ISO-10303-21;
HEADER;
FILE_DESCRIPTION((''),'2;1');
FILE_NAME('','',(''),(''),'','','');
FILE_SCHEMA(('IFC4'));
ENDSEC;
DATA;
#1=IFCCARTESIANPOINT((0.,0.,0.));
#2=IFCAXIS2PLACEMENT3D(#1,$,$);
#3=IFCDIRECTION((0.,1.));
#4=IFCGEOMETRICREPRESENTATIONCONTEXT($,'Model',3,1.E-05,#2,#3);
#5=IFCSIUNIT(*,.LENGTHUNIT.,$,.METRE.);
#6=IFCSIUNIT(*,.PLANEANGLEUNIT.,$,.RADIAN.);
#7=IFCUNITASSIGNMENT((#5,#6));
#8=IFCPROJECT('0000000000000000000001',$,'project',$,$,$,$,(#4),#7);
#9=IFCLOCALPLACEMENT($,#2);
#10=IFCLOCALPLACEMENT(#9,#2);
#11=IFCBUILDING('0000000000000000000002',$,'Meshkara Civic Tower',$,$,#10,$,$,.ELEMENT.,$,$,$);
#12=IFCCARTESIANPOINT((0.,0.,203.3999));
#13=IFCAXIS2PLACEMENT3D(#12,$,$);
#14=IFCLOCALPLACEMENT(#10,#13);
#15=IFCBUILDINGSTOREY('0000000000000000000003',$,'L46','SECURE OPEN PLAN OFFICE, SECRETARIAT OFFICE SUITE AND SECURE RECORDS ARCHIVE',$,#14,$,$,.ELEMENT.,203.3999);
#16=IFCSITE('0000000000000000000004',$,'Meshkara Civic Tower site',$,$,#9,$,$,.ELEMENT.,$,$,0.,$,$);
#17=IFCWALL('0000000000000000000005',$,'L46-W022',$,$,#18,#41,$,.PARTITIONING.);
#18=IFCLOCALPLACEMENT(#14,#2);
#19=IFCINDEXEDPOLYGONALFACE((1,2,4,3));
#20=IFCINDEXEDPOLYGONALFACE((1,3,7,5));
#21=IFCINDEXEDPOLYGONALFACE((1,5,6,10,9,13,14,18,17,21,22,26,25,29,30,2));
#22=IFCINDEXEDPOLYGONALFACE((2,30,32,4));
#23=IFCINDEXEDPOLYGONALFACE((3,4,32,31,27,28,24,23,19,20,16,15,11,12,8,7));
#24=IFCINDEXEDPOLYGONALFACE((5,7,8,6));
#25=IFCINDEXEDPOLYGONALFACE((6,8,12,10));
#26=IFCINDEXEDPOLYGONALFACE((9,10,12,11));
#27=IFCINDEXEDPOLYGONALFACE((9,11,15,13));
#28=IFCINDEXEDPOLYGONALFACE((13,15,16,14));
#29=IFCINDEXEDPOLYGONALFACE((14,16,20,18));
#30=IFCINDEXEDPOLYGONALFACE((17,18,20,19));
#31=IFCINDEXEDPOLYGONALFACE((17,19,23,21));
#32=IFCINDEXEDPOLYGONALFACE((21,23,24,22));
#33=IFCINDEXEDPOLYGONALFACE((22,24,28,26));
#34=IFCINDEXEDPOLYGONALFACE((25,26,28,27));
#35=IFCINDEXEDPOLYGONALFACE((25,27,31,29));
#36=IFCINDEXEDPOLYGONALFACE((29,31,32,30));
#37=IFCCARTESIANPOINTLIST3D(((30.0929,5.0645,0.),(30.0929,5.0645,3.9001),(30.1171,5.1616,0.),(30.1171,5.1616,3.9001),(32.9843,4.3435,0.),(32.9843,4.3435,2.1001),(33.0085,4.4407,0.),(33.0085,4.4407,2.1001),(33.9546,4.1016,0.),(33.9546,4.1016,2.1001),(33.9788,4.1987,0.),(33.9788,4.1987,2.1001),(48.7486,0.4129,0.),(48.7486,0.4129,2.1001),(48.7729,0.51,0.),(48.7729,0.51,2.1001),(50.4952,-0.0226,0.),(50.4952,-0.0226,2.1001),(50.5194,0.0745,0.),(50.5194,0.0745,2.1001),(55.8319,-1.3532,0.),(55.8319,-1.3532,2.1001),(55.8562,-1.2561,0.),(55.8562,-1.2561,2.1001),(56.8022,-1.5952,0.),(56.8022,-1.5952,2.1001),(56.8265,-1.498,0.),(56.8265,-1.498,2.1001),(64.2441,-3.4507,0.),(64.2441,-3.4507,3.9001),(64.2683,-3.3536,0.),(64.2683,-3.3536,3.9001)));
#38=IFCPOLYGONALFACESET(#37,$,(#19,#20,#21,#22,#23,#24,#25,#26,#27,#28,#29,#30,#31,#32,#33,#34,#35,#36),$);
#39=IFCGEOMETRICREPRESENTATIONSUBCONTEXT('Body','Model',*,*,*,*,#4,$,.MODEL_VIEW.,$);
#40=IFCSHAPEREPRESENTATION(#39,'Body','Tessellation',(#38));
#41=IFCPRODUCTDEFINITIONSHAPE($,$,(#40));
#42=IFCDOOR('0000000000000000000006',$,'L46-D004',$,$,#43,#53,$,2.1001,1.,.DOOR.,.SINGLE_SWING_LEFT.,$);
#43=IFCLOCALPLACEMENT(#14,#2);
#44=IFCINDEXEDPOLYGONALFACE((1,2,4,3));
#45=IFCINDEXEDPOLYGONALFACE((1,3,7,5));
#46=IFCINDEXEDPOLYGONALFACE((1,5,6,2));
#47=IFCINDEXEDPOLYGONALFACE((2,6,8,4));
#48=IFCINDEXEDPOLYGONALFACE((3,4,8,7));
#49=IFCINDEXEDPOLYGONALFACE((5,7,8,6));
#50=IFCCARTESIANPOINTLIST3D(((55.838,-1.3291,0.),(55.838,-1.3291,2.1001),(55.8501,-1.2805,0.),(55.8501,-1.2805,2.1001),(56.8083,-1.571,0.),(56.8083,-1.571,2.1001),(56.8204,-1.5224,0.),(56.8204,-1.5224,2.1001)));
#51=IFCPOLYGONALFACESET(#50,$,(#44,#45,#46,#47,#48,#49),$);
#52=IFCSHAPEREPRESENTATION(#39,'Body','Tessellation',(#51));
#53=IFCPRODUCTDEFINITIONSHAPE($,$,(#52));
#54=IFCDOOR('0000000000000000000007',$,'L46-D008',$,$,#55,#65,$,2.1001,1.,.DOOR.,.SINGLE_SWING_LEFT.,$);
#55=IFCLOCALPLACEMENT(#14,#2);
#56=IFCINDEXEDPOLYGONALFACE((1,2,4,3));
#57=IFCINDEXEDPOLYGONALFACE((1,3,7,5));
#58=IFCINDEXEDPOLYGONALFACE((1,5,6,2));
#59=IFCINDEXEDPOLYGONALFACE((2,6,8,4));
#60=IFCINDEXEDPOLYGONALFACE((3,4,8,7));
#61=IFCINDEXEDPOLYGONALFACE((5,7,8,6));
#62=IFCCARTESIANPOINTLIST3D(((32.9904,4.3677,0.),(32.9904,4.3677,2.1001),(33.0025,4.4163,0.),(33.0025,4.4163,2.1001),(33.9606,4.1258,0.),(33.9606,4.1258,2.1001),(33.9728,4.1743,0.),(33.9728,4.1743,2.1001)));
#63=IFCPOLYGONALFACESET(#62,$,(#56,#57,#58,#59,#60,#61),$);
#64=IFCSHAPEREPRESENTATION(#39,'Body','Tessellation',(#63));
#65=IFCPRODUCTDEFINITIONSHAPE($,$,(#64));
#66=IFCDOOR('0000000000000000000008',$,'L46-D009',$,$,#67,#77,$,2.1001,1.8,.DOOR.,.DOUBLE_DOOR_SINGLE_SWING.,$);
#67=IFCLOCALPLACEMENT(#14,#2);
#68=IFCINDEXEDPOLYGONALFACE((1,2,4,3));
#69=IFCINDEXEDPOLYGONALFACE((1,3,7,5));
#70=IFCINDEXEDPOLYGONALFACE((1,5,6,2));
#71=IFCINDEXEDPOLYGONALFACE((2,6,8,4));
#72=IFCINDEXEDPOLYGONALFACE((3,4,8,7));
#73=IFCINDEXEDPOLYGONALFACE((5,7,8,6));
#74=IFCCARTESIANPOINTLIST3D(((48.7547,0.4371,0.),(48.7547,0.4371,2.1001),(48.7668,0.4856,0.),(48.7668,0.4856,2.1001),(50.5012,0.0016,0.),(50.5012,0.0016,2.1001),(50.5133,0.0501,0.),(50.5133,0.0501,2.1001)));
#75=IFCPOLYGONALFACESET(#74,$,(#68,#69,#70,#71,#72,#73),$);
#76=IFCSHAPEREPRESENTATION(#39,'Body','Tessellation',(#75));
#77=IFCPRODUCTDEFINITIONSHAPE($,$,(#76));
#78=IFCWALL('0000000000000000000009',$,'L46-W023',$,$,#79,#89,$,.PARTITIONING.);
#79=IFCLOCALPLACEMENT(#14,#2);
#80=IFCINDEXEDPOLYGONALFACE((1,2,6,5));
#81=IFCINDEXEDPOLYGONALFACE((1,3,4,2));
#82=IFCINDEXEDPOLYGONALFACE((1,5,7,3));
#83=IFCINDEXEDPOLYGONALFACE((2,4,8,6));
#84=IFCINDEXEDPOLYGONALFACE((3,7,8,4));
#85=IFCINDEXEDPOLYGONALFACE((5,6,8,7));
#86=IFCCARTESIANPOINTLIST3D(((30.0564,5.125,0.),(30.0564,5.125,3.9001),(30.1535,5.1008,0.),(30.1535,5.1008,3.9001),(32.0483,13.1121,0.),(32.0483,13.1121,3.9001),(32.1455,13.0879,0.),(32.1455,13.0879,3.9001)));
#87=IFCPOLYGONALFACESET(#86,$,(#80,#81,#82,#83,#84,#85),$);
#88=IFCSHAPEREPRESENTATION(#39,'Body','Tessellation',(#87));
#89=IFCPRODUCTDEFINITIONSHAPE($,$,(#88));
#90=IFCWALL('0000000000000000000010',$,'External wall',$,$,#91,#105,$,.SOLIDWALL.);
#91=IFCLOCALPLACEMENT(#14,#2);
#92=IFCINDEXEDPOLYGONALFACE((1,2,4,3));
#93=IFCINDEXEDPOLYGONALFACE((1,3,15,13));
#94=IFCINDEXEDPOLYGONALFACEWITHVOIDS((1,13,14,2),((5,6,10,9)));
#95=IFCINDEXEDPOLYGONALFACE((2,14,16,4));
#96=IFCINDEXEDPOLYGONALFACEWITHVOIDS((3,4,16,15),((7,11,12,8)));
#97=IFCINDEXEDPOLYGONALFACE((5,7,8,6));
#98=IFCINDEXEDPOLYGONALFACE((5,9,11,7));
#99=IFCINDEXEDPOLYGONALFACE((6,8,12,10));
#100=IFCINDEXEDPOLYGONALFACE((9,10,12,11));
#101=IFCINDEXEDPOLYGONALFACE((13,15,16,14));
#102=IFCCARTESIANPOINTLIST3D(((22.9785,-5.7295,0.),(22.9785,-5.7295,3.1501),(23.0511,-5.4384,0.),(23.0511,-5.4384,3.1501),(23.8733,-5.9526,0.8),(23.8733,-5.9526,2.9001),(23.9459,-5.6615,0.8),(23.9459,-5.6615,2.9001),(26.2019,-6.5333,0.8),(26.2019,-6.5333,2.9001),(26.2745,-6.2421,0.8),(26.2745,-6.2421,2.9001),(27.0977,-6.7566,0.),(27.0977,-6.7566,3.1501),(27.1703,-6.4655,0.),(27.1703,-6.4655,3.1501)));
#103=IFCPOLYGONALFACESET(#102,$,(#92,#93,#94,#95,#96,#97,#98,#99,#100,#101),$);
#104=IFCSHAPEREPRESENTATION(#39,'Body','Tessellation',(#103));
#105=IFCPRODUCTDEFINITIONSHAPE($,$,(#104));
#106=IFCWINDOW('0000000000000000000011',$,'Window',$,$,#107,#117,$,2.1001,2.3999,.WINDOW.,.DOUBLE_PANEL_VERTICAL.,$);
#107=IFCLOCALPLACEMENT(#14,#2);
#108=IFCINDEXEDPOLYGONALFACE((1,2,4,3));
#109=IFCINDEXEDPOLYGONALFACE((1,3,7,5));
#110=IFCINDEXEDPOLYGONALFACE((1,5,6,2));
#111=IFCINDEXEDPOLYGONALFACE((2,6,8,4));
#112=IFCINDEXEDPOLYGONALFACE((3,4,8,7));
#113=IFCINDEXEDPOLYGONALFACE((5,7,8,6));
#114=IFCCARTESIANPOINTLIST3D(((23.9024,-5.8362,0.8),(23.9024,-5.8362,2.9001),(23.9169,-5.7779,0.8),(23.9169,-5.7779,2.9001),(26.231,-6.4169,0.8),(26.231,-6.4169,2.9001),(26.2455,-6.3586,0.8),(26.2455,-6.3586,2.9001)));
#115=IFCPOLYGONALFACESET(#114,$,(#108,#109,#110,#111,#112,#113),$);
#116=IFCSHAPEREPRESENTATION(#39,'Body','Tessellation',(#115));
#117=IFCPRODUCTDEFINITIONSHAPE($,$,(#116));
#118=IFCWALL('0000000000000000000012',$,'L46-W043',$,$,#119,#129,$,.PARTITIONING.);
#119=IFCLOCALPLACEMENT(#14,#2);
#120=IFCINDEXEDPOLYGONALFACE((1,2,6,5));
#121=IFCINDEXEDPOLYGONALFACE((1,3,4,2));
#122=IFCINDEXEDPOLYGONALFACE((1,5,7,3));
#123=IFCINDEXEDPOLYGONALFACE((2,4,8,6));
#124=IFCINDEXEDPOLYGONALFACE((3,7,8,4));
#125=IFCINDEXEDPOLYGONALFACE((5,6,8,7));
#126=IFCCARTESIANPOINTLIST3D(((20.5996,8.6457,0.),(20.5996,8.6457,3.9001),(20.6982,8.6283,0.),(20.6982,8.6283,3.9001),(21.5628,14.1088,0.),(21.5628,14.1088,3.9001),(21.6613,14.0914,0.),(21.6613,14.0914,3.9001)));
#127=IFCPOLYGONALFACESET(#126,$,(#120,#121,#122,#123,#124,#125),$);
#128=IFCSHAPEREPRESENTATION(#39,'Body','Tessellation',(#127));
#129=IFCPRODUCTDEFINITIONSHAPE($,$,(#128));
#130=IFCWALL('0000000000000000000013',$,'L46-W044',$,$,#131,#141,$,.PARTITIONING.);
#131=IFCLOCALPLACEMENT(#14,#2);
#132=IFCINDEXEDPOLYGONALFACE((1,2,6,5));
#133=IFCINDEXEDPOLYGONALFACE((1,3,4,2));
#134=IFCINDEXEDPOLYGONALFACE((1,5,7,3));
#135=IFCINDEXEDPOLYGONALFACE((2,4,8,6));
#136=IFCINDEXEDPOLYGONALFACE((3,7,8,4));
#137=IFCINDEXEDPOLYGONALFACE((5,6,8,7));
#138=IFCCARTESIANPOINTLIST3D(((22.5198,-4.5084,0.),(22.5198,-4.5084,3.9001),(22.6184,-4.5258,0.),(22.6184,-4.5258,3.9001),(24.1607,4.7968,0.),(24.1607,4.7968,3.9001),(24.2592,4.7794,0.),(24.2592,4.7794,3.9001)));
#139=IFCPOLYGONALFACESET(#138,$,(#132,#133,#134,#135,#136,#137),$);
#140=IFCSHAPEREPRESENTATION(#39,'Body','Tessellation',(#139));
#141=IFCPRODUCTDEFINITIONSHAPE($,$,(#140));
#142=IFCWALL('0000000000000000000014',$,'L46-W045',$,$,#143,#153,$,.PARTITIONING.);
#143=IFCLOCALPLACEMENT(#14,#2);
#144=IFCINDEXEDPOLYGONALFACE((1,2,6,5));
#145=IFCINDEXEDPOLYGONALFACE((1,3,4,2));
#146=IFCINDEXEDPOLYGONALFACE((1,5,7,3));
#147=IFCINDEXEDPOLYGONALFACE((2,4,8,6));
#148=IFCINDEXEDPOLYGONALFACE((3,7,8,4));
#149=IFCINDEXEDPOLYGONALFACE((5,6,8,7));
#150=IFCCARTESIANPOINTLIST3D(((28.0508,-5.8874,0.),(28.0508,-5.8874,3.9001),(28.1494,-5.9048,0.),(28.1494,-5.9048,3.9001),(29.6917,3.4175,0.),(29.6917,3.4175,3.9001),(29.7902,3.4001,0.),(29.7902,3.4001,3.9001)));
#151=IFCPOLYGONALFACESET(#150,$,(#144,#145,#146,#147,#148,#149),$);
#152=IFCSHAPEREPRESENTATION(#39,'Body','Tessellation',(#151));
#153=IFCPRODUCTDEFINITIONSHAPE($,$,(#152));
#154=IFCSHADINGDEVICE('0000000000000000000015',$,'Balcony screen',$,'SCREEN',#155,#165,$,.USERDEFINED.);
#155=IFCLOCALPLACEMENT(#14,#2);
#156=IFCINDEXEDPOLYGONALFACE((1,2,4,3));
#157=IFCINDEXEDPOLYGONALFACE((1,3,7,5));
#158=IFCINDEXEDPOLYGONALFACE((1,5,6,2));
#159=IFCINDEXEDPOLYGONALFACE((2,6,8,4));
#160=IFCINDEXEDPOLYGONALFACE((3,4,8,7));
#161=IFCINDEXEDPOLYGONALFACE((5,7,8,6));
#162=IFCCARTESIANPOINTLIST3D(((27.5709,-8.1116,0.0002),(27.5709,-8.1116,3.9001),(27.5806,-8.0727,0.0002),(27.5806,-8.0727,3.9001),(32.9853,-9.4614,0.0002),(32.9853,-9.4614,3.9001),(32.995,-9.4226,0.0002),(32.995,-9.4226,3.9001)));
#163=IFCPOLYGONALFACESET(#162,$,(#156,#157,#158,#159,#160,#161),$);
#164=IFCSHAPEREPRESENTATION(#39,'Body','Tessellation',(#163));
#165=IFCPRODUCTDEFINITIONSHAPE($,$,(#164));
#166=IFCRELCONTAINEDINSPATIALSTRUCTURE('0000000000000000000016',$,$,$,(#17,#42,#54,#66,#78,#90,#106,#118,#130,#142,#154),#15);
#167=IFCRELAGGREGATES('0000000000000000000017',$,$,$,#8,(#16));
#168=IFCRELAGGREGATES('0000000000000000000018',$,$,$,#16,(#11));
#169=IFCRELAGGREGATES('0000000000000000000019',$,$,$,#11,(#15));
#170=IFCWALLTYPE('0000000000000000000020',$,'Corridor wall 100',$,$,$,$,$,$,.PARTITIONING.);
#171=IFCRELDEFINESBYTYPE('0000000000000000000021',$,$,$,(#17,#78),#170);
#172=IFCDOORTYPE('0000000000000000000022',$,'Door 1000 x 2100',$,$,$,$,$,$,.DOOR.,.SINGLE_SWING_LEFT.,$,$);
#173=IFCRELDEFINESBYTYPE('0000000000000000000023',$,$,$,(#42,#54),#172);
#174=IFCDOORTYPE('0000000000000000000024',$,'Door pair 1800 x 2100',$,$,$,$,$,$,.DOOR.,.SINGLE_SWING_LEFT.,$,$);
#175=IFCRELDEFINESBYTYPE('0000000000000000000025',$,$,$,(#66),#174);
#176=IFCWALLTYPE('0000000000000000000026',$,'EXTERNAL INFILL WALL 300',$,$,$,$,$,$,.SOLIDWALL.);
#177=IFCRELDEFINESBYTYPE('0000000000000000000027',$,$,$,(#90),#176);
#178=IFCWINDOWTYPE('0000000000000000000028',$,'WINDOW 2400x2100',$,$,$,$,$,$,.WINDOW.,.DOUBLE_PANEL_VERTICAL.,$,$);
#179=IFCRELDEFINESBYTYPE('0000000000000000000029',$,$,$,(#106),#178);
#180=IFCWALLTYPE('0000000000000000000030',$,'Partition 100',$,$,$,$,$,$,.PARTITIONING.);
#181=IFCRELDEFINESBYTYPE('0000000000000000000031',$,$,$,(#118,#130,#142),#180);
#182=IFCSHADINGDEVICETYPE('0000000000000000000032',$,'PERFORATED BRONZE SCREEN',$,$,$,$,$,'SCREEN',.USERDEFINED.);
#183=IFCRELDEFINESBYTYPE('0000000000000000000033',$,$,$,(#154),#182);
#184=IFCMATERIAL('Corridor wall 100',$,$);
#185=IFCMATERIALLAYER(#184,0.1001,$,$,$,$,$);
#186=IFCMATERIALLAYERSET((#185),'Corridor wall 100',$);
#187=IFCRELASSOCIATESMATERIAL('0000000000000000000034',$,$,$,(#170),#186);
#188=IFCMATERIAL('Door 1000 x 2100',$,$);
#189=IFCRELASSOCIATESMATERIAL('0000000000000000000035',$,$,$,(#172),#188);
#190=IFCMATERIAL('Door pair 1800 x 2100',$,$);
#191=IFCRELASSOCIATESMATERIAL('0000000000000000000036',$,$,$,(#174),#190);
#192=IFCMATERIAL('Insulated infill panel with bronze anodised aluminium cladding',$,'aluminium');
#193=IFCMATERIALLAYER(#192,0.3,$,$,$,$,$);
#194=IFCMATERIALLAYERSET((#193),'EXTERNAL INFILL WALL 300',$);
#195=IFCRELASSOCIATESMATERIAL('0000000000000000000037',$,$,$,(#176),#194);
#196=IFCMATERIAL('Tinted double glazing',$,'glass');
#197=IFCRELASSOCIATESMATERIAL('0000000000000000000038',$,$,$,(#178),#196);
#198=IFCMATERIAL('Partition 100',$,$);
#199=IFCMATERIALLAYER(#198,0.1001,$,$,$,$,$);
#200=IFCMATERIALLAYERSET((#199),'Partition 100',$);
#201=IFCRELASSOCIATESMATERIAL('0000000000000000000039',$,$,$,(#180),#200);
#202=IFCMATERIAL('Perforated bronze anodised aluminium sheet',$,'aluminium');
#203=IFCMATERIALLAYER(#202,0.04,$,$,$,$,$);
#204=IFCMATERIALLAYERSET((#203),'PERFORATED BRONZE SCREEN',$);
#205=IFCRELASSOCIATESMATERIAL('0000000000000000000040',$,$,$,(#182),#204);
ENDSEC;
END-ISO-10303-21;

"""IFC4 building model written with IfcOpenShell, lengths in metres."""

from ifc_helpers import new_model, si_unit, direction, frame, frame_2d, origin, origin_2d, place, context, subcontext, project, spatial, rectangle, extrude, material, layer, layer_set, type_object, element, fill, save


model = new_model("IFC4")

# Units and contexts
model_context = context("Model", 3, precision=1e-05, world=origin(), true_north=direction((0.0, 1.0)))
body_context = subcontext(model_context, "Body", "Model", "MODEL_VIEW")
ifc_project = project(units=[si_unit("LENGTHUNIT", "METRE"), si_unit("PLANEANGLEUNIT", "RADIAN")], contexts=[model_context])

# Site, building, storey
site_placement = place(None, origin())
site = spatial("IfcSite", under=ifc_project, at=site_placement, Name="Meshkara Civic Tower site", CompositionType="ELEMENT", RefElevation=0.0)
building_placement = place(site_placement, origin())
building = spatial("IfcBuilding", under=site, at=building_placement, Name="Meshkara Civic Tower", CompositionType="ELEMENT")
storey_placement = place(building_placement, frame((0.0, 0.0, 203.3999)))
storey = spatial("IfcBuildingStorey", under=building, at=storey_placement, Name="L46", Description="SECURE OPEN PLAN OFFICE, SECRETARIAT OFFICE SUITE AND SECURE RECORDS ARCHIVE", CompositionType="ELEMENT", Elevation=203.3999)

# Wall, openings, doors
ifc_material_1 = material(Name="Corridor wall 100")
ifc_layer_1 = layer(ifc_material_1, 0.1001)
ifc_layer_set_1 = layer_set([ifc_layer_1], Name="Corridor wall 100")
wall_type_1 = type_object("IfcWallType", Name="Corridor wall 100", PredefinedType="PARTITIONING", material=ifc_layer_set_1)
wall_1_placement = place(storey_placement, frame((30.105, 5.113, 0.0), z_axis=(0.0, 0.0, 1.0), x_axis=(0.970294, -0.24193, 0.0)))
wall_1 = element("IfcWall", 1, at=wall_1_placement, inside=storey, type_object=wall_type_1, Name="L46-W022", PredefinedType="PARTITIONING", context=body_context, shape_type="SweptSolid", body=[
    extrude(rectangle(XDim=35.1968, YDim=0.1001, at=frame_2d((17.5984, 0.0))), origin(), (0.0, 0.0, 1.0), 3.9001),
])
opening_1_placement = place(wall_1_placement, frame((26.5271, 0.0, 0.0)))
opening_1 = element("IfcOpeningElement", 2, at=opening_1_placement, cuts=wall_1, PredefinedType="OPENING", context=body_context, shape_type="SweptSolid", body=[
    extrude(rectangle(XDim=1.0, YDim=2.1001, at=frame_2d((0.5, 1.05))), frame((0.0, 0.0601, 0.0), z_axis=(0.0, -1.0, 0.0), x_axis=(1.0, 0.0, 0.0)), (0.0, 0.0, 1.0), 0.1201),
])
opening_2_placement = place(wall_1_placement, frame((2.98, 0.0, 0.0)))
opening_2 = element("IfcOpeningElement", 3, at=opening_2_placement, cuts=wall_1, PredefinedType="OPENING", context=body_context, shape_type="SweptSolid", body=[
    extrude(rectangle(XDim=1.0, YDim=2.1001, at=frame_2d((0.5, 1.05))), frame((0.0, 0.0601, 0.0), z_axis=(0.0, -1.0, 0.0), x_axis=(1.0, 0.0, 0.0)), (0.0, 0.0, 1.0), 0.1201),
])
opening_3_placement = place(wall_1_placement, frame((19.2271, 0.0, 0.0)))
opening_3 = element("IfcOpeningElement", 4, at=opening_3_placement, cuts=wall_1, PredefinedType="OPENING", context=body_context, shape_type="SweptSolid", body=[
    extrude(rectangle(XDim=1.8, YDim=2.1001, at=frame_2d((0.8999, 1.05))), frame((0.0, 0.0601, 0.0), z_axis=(0.0, -1.0, 0.0), x_axis=(1.0, 0.0, 0.0)), (0.0, 0.0, 1.0), 0.1201),
])
ifc_material_2 = material(Name="Door 1000 x 2100")
door_type_1 = type_object("IfcDoorType", Name="Door 1000 x 2100", OperationType="SINGLE_SWING_LEFT", PredefinedType="DOOR", material=ifc_material_2)
door_1_placement = place(opening_1_placement, origin())
door_1 = element("IfcDoor", 5, at=door_1_placement, inside=storey, type_object=door_type_1, Name="L46-D004", OperationType="SINGLE_SWING_LEFT", OverallHeight=2.1001, OverallWidth=1.0, PredefinedType="DOOR", context=body_context, shape_type="SweptSolid", body=[
    extrude(rectangle(XDim=1.0, YDim=2.1001, at=frame_2d((0.5, 1.05))), frame((0.0, 0.0249, 0.0), z_axis=(0.0, -1.0, 0.0), x_axis=(1.0, 0.0, 0.0)), (0.0, 0.0, 1.0), 0.05),
])
fill(opening_1, door_1)
door_2_placement = place(opening_2_placement, origin())
door_2 = element("IfcDoor", 6, at=door_2_placement, inside=storey, type_object=door_type_1, Name="L46-D008", OperationType="SINGLE_SWING_LEFT", OverallHeight=2.1001, OverallWidth=1.0, PredefinedType="DOOR", context=body_context, shape_type="SweptSolid", body=[
    extrude(rectangle(XDim=1.0, YDim=2.1001, at=frame_2d((0.5, 1.05))), frame((0.0, 0.0249, 0.0), z_axis=(0.0, -1.0, 0.0), x_axis=(1.0, 0.0, 0.0)), (0.0, 0.0, 1.0), 0.05),
])
fill(opening_2, door_2)
ifc_material_3 = material(Name="Door pair 1800 x 2100")
door_type_2 = type_object("IfcDoorType", Name="Door pair 1800 x 2100", OperationType="SINGLE_SWING_LEFT", PredefinedType="DOOR", material=ifc_material_3)
door_3_placement = place(opening_3_placement, origin())
door_3 = element("IfcDoor", 7, at=door_3_placement, inside=storey, type_object=door_type_2, Name="L46-D009", OperationType="DOUBLE_DOOR_SINGLE_SWING", OverallHeight=2.1001, OverallWidth=1.8, PredefinedType="DOOR", context=body_context, shape_type="SweptSolid", body=[
    extrude(rectangle(XDim=1.8, YDim=2.1001, at=frame_2d((0.8999, 1.05))), frame((0.0, 0.0249, 0.0), z_axis=(0.0, -1.0, 0.0), x_axis=(1.0, 0.0, 0.0)), (0.0, 0.0, 1.0), 0.05),
])
fill(opening_3, door_3)

# Wall
wall_2_placement = place(storey_placement, frame((30.105, 5.113, 0.0), z_axis=(0.0, 0.0, 1.0), x_axis=(0.241984, 0.97028, 0.0)))
element("IfcWall", 8, at=wall_2_placement, inside=storey, type_object=wall_type_1, Name="L46-W023", PredefinedType="PARTITIONING", context=body_context, shape_type="SweptSolid", body=[
    extrude(rectangle(XDim=8.2317, YDim=0.1001, at=frame_2d((4.1157, 0.0))), origin(), (0.0, 0.0, 1.0), 3.9001),
])

# Wall, opening, window
ifc_material_4 = material(Name="Insulated infill panel with bronze anodised aluminium cladding", Category="aluminium")
ifc_layer_2 = layer(ifc_material_4, 0.3)
ifc_layer_set_2 = layer_set([ifc_layer_2], Name="EXTERNAL INFILL WALL 300")
wall_type_2 = type_object("IfcWallType", Name="EXTERNAL INFILL WALL 300", PredefinedType="SOLIDWALL", material=ifc_layer_set_2)
wall_3_placement = place(storey_placement, frame((23.0149, -5.584, 0.0), z_axis=(0.0, 0.0, 1.0), x_axis=(0.970291, -0.24194, 0.0)))
wall_3 = element("IfcWall", 9, at=wall_3_placement, inside=storey, type_object=wall_type_2, Name="External wall", PredefinedType="SOLIDWALL", context=body_context, shape_type="SweptSolid", body=[
    extrude(rectangle(XDim=4.2454, YDim=0.3, at=frame_2d((2.1226, 0.0))), origin(), (0.0, 0.0, 1.0), 3.1501),
])
opening_4_placement = place(wall_3_placement, frame((0.9221, 0.0, 0.8)))
opening_4 = element("IfcOpeningElement", 10, at=opening_4_placement, cuts=wall_3, PredefinedType="OPENING", context=body_context, shape_type="SweptSolid", body=[
    extrude(rectangle(XDim=2.3999, YDim=2.1001, at=frame_2d((1.2, 1.05))), frame((0.0, 0.1599, 0.0), z_axis=(0.0, -1.0, 0.0), x_axis=(1.0, 0.0, 0.0)), (0.0, 0.0, 1.0), 0.3201),
])
ifc_material_5 = material(Name="Tinted double glazing", Category="glass")
window_type = type_object("IfcWindowType", Name="WINDOW 2400x2100", PartitioningType="DOUBLE_PANEL_VERTICAL", PredefinedType="WINDOW", material=ifc_material_5)
window_placement = place(opening_4_placement, origin())
window = element("IfcWindow", 11, at=window_placement, inside=storey, type_object=window_type, Name="Window", OverallHeight=2.1001, OverallWidth=2.3999, PartitioningType="DOUBLE_PANEL_VERTICAL", PredefinedType="WINDOW", context=body_context, shape_type="SweptSolid", body=[
    extrude(rectangle(XDim=2.3999, YDim=2.1001, at=frame_2d((1.2, 1.05))), frame((0.0, 0.03, 0.0), z_axis=(0.0, -1.0, 0.0), x_axis=(1.0, 0.0, 0.0)), (0.0, 0.0, 1.0), 0.0601),
])
fill(opening_4, window)

# Walls
ifc_material_6 = material(Name="Partition 100")
ifc_layer_3 = layer(ifc_material_6, 0.1001)
ifc_layer_set_3 = layer_set([ifc_layer_3], Name="Partition 100")
wall_type_3 = type_object("IfcWallType", Name="Partition 100", PredefinedType="PARTITIONING", material=ifc_layer_set_3)
wall_4_placement = place(storey_placement, frame((20.6489, 8.637, 0.0), z_axis=(0.0, 0.0, 1.0), x_axis=(0.17362, 0.984813, 0.0)))
element("IfcWall", 12, at=wall_4_placement, inside=storey, type_object=wall_type_3, Name="L46-W043", PredefinedType="PARTITIONING", context=body_context, shape_type="SweptSolid", body=[
    extrude(rectangle(XDim=5.5474, YDim=0.1001, at=frame_2d((2.7737, 0.0))), origin(), (0.0, 0.0, 1.0), 3.9001),
])
wall_5_placement = place(storey_placement, frame((22.5691, -4.5171, 0.0), z_axis=(0.0, 0.0, 1.0), x_axis=(0.17366, 0.984806, 0.0)))
element("IfcWall", 13, at=wall_5_placement, inside=storey, type_object=wall_type_3, Name="L46-W044", PredefinedType="PARTITIONING", context=body_context, shape_type="SweptSolid", body=[
    extrude(rectangle(XDim=9.4487, YDim=0.1001, at=frame_2d((4.7244, 0.0))), origin(), (0.0, 0.0, 1.0), 3.9001),
])
wall_6_placement = place(storey_placement, frame((28.1001, -5.896, 0.0), z_axis=(0.0, 0.0, 1.0), x_axis=(0.173664, 0.984805, 0.0)))
element("IfcWall", 14, at=wall_6_placement, inside=storey, type_object=wall_type_3, Name="L46-W045", PredefinedType="PARTITIONING", context=body_context, shape_type="SweptSolid", body=[
    extrude(rectangle(XDim=9.4485, YDim=0.1001, at=frame_2d((4.7241, 0.0))), origin(), (0.0, 0.0, 1.0), 3.9001),
])

# Shading device
ifc_material_7 = material(Name="Perforated bronze anodised aluminium sheet", Category="aluminium")
ifc_layer_4 = layer(ifc_material_7, 0.04)
ifc_layer_set_4 = layer_set([ifc_layer_4], Name="PERFORATED BRONZE SCREEN")
shading_device_type = type_object("IfcShadingDeviceType", Name="PERFORATED BRONZE SCREEN", ElementType="SCREEN", PredefinedType="USERDEFINED", material=ifc_layer_set_4)
shading_device_placement = place(storey_placement, frame((30.283, -8.7671, 0.0002), z_axis=(0.0, 0.0, 1.0), x_axis=(0.9703, -0.241905, 0.0)))
element("IfcShadingDevice", 15, at=shading_device_placement, inside=storey, type_object=shading_device_type, Name="Balcony screen", ObjectType="SCREEN", PredefinedType="USERDEFINED", context=body_context, shape_type="SweptSolid", body=[
    extrude(rectangle(XDim=5.5801, YDim=0.04, at=origin_2d()), origin(), (0.0, 0.0, 1.0), 3.8999),
])

save(model, "model.ifc")
